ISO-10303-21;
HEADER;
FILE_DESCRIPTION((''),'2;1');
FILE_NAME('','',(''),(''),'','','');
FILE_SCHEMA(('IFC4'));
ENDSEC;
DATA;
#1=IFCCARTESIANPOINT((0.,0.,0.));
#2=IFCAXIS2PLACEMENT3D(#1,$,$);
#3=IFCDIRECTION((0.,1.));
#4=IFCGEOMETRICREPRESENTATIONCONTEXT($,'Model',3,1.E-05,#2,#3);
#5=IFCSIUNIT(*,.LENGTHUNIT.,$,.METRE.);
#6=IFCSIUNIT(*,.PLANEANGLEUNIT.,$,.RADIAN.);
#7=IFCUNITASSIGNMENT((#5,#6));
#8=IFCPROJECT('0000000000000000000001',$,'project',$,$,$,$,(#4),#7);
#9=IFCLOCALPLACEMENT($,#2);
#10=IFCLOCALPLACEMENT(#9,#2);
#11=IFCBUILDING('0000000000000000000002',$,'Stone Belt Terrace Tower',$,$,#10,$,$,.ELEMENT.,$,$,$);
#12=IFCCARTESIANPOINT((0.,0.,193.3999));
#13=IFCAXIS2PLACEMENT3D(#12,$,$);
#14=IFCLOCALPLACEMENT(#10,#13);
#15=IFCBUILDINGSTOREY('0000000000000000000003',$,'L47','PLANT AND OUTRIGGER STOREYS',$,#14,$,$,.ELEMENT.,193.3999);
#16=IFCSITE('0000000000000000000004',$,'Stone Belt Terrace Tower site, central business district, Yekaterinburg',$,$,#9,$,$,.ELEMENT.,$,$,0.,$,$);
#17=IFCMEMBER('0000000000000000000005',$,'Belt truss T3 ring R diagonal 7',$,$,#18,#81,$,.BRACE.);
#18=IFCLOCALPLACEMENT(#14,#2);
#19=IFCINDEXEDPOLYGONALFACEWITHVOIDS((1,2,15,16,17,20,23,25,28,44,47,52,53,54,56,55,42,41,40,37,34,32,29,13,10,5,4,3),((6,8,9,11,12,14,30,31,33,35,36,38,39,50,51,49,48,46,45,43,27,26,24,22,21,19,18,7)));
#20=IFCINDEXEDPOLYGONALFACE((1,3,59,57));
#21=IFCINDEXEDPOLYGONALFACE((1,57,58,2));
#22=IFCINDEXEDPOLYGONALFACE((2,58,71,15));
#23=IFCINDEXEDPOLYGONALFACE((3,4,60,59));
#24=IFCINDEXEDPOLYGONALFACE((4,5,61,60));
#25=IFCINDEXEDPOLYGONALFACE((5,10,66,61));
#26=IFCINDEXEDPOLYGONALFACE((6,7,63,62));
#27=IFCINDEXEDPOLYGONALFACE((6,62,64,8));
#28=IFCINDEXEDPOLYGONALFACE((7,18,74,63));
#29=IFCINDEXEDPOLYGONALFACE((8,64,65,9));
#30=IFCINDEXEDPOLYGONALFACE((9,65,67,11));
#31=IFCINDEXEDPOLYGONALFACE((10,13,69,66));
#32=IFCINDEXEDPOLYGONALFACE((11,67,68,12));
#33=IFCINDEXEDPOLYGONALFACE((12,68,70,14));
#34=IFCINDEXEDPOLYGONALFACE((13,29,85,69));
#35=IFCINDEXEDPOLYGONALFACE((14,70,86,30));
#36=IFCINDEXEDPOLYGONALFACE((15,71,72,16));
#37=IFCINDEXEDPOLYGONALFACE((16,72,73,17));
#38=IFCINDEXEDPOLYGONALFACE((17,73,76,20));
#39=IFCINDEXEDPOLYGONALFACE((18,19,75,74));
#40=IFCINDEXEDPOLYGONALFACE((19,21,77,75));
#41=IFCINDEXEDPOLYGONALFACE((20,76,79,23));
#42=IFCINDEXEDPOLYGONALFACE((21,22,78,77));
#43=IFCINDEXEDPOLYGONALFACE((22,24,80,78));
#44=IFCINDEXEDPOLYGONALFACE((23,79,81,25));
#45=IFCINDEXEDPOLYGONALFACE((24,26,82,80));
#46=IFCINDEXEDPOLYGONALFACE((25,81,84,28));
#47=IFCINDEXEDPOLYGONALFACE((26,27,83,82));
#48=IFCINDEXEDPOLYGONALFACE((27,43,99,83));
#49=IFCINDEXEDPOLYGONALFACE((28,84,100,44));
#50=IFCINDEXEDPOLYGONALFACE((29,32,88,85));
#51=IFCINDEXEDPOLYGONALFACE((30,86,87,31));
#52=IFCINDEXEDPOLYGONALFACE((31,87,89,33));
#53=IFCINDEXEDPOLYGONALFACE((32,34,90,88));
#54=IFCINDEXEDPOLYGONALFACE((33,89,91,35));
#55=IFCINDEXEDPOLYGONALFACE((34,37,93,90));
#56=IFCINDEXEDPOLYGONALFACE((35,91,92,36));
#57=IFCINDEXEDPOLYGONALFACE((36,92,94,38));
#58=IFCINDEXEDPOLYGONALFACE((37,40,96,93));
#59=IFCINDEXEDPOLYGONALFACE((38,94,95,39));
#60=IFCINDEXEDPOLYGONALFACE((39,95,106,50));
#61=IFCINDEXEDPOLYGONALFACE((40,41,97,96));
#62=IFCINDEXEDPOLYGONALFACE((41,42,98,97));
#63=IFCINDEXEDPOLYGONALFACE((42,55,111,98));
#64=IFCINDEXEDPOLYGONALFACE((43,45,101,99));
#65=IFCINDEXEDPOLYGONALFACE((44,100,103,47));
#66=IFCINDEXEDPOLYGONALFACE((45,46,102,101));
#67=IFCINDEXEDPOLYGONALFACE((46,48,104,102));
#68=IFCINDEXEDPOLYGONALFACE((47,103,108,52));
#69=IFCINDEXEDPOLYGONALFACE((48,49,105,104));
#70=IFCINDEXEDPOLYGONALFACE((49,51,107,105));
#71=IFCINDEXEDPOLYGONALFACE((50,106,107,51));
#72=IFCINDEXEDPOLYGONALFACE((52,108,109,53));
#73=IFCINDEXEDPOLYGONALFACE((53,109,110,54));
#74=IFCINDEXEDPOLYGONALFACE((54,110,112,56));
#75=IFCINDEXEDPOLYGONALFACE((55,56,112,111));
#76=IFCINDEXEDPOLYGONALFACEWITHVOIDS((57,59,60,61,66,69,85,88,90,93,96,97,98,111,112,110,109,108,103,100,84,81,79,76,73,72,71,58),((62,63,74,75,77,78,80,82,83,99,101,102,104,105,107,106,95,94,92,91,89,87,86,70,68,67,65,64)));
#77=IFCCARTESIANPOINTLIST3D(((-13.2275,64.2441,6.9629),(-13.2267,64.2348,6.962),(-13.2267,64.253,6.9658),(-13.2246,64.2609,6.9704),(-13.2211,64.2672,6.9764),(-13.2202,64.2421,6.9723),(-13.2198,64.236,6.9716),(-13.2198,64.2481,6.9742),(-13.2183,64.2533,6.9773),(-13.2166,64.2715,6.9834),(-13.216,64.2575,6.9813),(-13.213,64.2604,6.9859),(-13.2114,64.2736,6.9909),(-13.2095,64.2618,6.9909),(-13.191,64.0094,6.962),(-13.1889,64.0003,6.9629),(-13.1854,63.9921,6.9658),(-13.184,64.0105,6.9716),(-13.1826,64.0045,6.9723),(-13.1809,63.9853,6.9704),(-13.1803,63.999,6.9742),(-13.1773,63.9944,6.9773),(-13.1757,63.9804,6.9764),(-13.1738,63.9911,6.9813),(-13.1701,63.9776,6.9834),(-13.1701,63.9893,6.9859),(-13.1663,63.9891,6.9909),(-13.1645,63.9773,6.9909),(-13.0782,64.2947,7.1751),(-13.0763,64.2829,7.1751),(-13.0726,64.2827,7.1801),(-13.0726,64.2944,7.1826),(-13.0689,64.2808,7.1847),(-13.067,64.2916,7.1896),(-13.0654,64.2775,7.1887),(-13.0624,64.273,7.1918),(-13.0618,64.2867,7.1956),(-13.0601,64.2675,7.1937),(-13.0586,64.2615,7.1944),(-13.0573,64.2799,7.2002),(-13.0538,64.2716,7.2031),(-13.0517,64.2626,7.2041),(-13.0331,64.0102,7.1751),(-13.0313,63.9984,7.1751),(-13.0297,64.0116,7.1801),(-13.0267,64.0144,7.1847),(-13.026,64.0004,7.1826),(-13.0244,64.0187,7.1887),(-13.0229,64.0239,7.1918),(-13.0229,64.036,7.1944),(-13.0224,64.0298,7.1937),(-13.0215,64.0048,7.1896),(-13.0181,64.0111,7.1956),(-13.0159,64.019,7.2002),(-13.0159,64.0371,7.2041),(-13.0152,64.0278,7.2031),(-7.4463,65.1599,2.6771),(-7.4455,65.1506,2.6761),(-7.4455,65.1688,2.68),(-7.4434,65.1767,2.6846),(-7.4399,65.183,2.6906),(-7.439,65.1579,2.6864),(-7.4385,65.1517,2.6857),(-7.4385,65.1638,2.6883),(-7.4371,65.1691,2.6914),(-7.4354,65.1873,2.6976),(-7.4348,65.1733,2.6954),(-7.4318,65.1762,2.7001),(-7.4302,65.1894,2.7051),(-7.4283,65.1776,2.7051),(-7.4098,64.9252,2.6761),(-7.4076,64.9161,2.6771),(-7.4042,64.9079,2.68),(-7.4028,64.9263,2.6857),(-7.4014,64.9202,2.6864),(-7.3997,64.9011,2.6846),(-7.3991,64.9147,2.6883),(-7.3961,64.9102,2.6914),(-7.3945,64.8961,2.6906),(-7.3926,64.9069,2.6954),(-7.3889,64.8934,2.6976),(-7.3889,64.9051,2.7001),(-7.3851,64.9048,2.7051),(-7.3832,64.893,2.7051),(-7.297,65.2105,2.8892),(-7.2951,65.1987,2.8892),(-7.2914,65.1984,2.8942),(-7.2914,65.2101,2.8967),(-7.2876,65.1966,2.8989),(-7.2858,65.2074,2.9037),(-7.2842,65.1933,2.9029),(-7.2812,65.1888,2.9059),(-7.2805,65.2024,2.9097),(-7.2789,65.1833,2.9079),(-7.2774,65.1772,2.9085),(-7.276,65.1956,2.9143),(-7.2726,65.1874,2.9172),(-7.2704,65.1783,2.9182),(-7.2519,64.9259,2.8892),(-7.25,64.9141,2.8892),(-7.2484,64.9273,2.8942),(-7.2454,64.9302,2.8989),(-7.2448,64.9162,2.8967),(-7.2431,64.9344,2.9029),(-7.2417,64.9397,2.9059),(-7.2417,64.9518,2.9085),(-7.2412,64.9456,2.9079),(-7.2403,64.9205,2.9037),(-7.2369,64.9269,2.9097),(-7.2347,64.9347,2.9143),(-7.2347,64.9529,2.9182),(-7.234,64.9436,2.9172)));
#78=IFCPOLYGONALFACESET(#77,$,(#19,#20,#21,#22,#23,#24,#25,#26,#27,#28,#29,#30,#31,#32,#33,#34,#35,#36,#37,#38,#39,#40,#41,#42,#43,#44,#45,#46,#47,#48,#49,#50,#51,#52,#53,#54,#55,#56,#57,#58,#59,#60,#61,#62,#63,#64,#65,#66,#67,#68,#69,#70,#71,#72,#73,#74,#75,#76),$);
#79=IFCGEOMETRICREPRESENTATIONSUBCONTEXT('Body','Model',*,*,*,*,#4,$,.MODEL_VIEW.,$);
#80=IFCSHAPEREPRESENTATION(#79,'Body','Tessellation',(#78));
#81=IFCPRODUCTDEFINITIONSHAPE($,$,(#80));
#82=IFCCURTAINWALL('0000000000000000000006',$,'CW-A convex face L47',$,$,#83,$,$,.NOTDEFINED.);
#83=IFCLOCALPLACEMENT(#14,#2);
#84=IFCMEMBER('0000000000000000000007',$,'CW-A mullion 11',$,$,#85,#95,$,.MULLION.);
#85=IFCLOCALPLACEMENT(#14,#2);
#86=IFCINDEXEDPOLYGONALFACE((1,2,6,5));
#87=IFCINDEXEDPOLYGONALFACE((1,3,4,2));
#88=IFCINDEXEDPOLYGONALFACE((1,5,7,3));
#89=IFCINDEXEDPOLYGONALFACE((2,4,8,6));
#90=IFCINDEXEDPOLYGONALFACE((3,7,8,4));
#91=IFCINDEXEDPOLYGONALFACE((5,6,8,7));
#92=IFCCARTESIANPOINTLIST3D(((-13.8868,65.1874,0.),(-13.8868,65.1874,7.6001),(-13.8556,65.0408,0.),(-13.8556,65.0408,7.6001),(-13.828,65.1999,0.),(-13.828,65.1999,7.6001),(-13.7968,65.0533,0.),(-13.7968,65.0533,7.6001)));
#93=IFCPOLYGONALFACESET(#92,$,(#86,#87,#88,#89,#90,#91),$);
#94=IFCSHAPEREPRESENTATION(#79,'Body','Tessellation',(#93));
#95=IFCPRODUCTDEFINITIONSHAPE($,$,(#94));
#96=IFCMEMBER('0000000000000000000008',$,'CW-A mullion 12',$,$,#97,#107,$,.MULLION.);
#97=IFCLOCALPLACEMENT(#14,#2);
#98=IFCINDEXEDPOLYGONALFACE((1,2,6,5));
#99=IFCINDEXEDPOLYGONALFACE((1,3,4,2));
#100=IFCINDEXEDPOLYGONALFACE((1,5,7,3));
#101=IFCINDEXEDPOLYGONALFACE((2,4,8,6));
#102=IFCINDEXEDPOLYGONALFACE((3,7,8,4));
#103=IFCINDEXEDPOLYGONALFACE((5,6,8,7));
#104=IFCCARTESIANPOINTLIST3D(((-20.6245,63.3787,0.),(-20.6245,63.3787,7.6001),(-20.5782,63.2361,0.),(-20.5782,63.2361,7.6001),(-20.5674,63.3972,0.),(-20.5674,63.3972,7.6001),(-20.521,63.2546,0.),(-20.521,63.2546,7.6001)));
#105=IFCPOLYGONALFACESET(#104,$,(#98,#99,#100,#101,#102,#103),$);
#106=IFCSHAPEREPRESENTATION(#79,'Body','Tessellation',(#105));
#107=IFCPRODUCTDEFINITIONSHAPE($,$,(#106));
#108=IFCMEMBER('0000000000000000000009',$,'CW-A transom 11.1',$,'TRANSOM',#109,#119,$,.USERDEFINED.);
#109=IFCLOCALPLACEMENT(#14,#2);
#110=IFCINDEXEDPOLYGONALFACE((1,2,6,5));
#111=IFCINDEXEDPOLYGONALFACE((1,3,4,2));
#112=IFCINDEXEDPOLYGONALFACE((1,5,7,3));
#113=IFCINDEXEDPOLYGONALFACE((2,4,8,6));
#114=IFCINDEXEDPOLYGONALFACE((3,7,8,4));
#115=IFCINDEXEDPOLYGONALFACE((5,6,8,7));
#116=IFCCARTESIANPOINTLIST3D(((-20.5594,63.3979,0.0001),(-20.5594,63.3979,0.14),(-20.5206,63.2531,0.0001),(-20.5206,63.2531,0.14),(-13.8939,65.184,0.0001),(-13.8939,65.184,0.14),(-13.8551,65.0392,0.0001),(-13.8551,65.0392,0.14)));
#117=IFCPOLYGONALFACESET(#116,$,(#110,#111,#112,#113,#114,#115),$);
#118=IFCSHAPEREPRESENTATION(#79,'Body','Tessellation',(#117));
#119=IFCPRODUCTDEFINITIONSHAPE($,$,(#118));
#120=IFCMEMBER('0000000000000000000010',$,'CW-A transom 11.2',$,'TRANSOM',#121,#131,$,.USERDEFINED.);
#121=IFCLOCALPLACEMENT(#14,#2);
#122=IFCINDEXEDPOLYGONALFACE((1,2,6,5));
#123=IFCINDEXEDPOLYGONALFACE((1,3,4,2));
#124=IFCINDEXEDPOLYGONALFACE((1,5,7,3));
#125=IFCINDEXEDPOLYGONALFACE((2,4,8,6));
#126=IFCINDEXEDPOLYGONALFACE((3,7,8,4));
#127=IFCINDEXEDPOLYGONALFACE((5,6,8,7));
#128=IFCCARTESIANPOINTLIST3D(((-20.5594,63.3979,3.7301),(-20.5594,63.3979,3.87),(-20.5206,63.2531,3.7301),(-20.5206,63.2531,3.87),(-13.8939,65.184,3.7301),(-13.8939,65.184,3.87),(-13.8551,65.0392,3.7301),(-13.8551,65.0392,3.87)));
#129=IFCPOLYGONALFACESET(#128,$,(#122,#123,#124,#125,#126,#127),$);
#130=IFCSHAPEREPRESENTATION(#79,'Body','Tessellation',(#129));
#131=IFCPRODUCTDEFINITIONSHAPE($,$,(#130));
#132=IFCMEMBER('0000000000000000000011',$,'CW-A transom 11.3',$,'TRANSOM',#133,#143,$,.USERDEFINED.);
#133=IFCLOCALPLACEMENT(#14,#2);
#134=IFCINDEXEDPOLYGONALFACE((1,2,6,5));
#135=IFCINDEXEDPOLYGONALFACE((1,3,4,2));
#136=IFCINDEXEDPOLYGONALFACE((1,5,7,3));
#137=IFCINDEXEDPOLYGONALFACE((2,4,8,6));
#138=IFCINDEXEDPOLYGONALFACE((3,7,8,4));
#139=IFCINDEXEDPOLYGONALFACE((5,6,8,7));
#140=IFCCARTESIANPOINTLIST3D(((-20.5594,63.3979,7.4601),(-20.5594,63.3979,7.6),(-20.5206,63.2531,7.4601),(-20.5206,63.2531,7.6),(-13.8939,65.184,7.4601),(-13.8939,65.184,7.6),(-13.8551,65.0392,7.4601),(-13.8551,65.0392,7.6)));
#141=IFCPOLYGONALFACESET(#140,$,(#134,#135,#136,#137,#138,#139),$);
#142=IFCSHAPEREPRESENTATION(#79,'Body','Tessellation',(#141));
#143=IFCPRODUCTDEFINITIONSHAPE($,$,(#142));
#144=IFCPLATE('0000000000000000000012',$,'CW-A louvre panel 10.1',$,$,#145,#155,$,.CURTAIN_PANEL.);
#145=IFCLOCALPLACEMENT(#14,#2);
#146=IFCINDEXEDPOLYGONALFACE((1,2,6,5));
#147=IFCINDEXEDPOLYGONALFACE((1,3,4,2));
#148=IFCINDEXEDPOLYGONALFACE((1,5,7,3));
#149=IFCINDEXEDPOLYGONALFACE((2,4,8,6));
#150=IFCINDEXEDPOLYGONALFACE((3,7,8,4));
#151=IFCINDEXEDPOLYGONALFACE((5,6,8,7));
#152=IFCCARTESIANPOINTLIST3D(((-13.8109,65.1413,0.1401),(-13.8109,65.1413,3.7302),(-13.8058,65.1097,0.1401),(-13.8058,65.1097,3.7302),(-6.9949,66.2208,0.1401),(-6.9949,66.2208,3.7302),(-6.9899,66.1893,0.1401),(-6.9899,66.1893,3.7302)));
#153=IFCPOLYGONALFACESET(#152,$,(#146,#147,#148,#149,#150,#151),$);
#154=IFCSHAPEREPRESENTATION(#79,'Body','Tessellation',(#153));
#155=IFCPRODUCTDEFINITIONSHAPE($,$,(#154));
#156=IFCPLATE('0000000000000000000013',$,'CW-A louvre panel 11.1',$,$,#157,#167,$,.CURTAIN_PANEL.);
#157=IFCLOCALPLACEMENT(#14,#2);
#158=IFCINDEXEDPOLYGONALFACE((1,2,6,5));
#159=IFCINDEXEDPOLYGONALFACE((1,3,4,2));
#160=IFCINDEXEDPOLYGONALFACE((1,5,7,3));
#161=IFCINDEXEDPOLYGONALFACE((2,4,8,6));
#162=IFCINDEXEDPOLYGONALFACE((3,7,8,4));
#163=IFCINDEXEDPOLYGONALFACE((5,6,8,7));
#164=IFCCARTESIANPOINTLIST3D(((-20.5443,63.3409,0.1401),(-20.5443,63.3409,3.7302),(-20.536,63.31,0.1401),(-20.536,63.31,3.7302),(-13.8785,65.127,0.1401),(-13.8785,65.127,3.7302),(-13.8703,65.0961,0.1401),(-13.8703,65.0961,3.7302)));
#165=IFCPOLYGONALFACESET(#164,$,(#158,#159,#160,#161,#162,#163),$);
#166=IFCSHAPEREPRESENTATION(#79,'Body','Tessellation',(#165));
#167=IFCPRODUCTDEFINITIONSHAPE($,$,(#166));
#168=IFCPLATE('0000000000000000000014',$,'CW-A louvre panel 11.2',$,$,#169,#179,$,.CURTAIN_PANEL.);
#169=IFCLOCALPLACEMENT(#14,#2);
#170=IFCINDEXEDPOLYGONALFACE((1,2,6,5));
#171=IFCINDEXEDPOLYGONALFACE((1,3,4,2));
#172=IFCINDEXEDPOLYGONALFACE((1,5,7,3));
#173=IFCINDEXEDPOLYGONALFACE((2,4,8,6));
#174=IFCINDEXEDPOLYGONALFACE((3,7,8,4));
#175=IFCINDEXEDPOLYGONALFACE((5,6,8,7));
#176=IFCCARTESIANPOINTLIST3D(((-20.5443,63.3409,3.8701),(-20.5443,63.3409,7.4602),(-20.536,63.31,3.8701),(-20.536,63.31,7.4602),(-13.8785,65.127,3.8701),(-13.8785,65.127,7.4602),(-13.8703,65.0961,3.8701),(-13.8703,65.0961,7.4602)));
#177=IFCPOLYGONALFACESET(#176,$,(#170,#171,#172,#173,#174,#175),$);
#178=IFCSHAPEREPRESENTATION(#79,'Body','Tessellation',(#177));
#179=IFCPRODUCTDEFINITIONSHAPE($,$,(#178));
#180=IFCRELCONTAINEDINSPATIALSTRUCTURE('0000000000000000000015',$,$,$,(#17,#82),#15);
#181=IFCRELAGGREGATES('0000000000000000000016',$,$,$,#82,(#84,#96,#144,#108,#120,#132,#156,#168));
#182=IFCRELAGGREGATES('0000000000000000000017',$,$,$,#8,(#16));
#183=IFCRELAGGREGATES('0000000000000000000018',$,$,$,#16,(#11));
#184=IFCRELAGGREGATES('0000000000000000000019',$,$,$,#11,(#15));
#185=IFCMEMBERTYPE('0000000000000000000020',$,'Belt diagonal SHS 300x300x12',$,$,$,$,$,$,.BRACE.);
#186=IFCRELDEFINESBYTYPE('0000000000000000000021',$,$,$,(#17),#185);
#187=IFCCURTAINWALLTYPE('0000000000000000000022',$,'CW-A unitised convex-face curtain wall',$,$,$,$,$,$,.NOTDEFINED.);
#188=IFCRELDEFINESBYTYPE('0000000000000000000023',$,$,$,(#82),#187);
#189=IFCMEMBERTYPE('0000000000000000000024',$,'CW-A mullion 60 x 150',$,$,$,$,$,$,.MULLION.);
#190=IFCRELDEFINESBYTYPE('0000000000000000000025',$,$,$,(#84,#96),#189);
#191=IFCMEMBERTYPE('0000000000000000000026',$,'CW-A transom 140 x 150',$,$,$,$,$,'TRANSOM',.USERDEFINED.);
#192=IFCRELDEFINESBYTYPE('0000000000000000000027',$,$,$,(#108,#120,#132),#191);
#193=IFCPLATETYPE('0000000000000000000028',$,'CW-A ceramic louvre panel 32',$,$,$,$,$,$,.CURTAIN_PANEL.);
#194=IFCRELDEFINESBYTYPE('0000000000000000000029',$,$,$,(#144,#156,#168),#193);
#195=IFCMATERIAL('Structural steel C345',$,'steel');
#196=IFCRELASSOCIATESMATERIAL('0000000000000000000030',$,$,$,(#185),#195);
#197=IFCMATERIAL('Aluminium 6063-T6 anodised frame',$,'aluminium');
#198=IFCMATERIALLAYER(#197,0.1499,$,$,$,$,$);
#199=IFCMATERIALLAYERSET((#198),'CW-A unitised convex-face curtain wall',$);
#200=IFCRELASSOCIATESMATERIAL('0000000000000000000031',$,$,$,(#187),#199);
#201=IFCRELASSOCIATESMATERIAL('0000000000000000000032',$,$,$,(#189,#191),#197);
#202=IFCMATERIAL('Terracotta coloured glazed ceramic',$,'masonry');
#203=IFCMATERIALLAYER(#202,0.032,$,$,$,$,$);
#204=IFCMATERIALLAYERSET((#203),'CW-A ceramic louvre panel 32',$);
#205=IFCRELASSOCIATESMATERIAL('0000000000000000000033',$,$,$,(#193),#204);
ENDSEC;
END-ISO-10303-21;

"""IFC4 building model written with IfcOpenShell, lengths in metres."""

from ifc_helpers import new_model, si_unit, direction, frame, origin, origin_2d, place, context, subcontext, project, spatial, rectangle, hollow_rectangle, extrude, material, layer, layer_set, material_profile, profile_set, type_object, element, aggregate, save


model = new_model("IFC4")

# Units and contexts
model_context = context("Model", 3, precision=1e-05, world=origin(), true_north=direction((0.0, 1.0)))
body_context = subcontext(model_context, "Body", "Model", "MODEL_VIEW")
ifc_project = project(units=[si_unit("LENGTHUNIT", "METRE"), si_unit("PLANEANGLEUNIT", "RADIAN")], contexts=[model_context])

# Site, building, storey
site_placement = place(None, origin())
site = spatial("IfcSite", under=ifc_project, at=site_placement, Name="Stone Belt Terrace Tower site, central business district, Yekaterinburg", CompositionType="ELEMENT", RefElevation=0.0)
building_placement = place(site_placement, origin())
building = spatial("IfcBuilding", under=site, at=building_placement, Name="Stone Belt Terrace Tower", CompositionType="ELEMENT")
storey_placement = place(building_placement, frame((0.0, 0.0, 193.3999)))
storey = spatial("IfcBuildingStorey", under=building, at=storey_placement, Name="L47", Description="PLANT AND OUTRIGGER STOREYS", CompositionType="ELEMENT", Elevation=193.3999)

# Member
ifc_material_1 = material(Name="Structural steel C345", Category="steel")
ifc_material_profile_1 = material_profile(ifc_material_1, hollow_rectangle(XDim=0.3, YDim=0.3, WallThickness=0.012, InnerFilletRadius=0.0239, OuterFilletRadius=0.0359, at=origin_2d()), Name="SHS 300x300x12")
ifc_profile_set_1 = profile_set([ifc_material_profile_1], Name="Structural steel C345")
member_type_1 = type_object("IfcMemberType", Name="Belt diagonal SHS 300x300x12", PredefinedType="BRACE", material=ifc_profile_set_1)
for number, where, z_axis, x_axis, name in (
    (1, (-13.1213, 64.136, 7.083), (0.7969, 0.126232, -0.590776), (-0.156453, 0.987685, 0.0), "Belt truss T3 ring R diagonal 7"),
):
    element("IfcMember", number, at=place(storey_placement, frame(where, z_axis=z_axis, x_axis=x_axis)), inside=storey, type_object=member_type_1, Name=name, PredefinedType="BRACE", context=body_context, shape_type="SweptSolid", body=[
        extrude(hollow_rectangle(XDim=0.3, YDim=0.3, WallThickness=0.012, InnerFilletRadius=0.0239, OuterFilletRadius=0.0359, at=origin_2d()), origin(), (0.0, 0.0, 1.0), 7.2546),
    ])

# Curtain wall, members, plates
ifc_material_2 = material(Name="Aluminium 6063-T6 anodised frame", Category="aluminium")
ifc_layer_1 = layer(ifc_material_2, 0.1499)
ifc_layer_set_1 = layer_set([ifc_layer_1], Name="CW-A unitised convex-face curtain wall")
curtain_wall_type = type_object("IfcCurtainWallType", Name="CW-A unitised convex-face curtain wall", PredefinedType="NOTDEFINED", material=ifc_layer_set_1)
curtain_wall_placement = place(storey_placement, origin())
curtain_wall = element("IfcCurtainWall", 2, at=curtain_wall_placement, inside=storey, type_object=curtain_wall_type, Name="CW-A convex face L47", PredefinedType="NOTDEFINED")
ifc_material_profile_2 = material_profile(ifc_material_2, rectangle(XDim=0.1499, YDim=0.0601, at=origin_2d()), Name="Aluminium 6063-T6 60x150")
ifc_profile_set_2 = profile_set([ifc_material_profile_2], Name="Aluminium 6063-T6 anodised frame")
member_type_2 = type_object("IfcMemberType", Name="CW-A mullion 60 x 150", PredefinedType="MULLION", material=ifc_profile_set_2)
member_1_placement = place(storey_placement, frame((-13.8418, 65.1204, 0.0), z_axis=(0.0, 0.0, 1.0), x_axis=(0.207912, -0.978148, 0.0)))
member_1 = element("IfcMember", 3, at=member_1_placement, type_object=member_type_2, Name="CW-A mullion 11", PredefinedType="MULLION", context=body_context, shape_type="SweptSolid", body=[
    extrude(rectangle(XDim=0.1499, YDim=0.0601, at=origin_2d()), origin(), (0.0, 0.0, 1.0), 7.6001),
])
member_2_placement = place(storey_placement, frame((-20.5728, 63.3167, 0.0), z_axis=(0.0, 0.0, 1.0), x_axis=(0.309017, -0.951057, 0.0)))
member_2 = element("IfcMember", 4, at=member_2_placement, type_object=member_type_2, Name="CW-A mullion 12", PredefinedType="MULLION", context=body_context, shape_type="SweptSolid", body=[
    extrude(rectangle(XDim=0.1499, YDim=0.0601, at=origin_2d()), origin(), (0.0, 0.0, 1.0), 7.6001),
])
ifc_material_profile_3 = material_profile(ifc_material_2, rectangle(XDim=0.1499, YDim=0.1399, at=origin_2d()), Name="Aluminium 6063-T6 150x140")
ifc_profile_set_3 = profile_set([ifc_material_profile_3], Name="Aluminium 6063-T6 anodised frame")
member_type_3 = type_object("IfcMemberType", Name="CW-A transom 140 x 150", ElementType="TRANSOM", PredefinedType="USERDEFINED", material=ifc_profile_set_3)
member_3_placement = place(storey_placement, frame((-13.8745, 65.1116, 0.0701), z_axis=(-0.965922, -0.258834, 0.0), x_axis=(0.258834, -0.965922, 0.0)))
member_3 = element("IfcMember", 5, at=member_3_placement, type_object=member_type_3, Name="CW-A transom 11.1", ObjectType="TRANSOM", PredefinedType="USERDEFINED", context=body_context, shape_type="SweptSolid", body=[
    extrude(rectangle(XDim=0.1499, YDim=0.1399, at=origin_2d()), origin(), (0.0, 0.0, 1.0), 6.9006),
])
member_4_placement = place(storey_placement, frame((-13.8745, 65.1116, 3.8), z_axis=(-0.965922, -0.258834, 0.0), x_axis=(0.258834, -0.965922, 0.0)))
member_4 = element("IfcMember", 6, at=member_4_placement, type_object=member_type_3, Name="CW-A transom 11.2", ObjectType="TRANSOM", PredefinedType="USERDEFINED", context=body_context, shape_type="SweptSolid", body=[
    extrude(rectangle(XDim=0.1499, YDim=0.1399, at=origin_2d()), origin(), (0.0, 0.0, 1.0), 6.9006),
])
member_5_placement = place(storey_placement, frame((-13.8745, 65.1116, 7.53), z_axis=(-0.965922, -0.258834, 0.0), x_axis=(0.258834, -0.965922, 0.0)))
member_5 = element("IfcMember", 7, at=member_5_placement, type_object=member_type_3, Name="CW-A transom 11.3", ObjectType="TRANSOM", PredefinedType="USERDEFINED", context=body_context, shape_type="SweptSolid", body=[
    extrude(rectangle(XDim=0.1499, YDim=0.1399, at=origin_2d()), origin(), (0.0, 0.0, 1.0), 6.9006),
])
ifc_material_3 = material(Name="Terracotta coloured glazed ceramic", Category="masonry")
ifc_layer_2 = layer(ifc_material_3, 0.032)
ifc_layer_set_2 = layer_set([ifc_layer_2], Name="CW-A ceramic louvre panel 32")
plate_type = type_object("IfcPlateType", Name="CW-A ceramic louvre panel 32", PredefinedType="CURTAIN_PANEL", material=ifc_layer_set_2)
plate_1_placement = place(storey_placement, frame((-10.4004, 65.6653, 0.1401), z_axis=(0.0, 0.0, 1.0), x_axis=(-0.987688, -0.156434, 0.0)))
plate_1 = element("IfcPlate", 8, at=plate_1_placement, type_object=plate_type, Name="CW-A louvre panel 10.1", PredefinedType="CURTAIN_PANEL", context=body_context, shape_type="SweptSolid", body=[
    extrude(rectangle(XDim=6.9009, YDim=0.032, at=origin_2d()), origin(), (0.0, 0.0, 1.0), 3.5901),
])
plate_2_placement = place(storey_placement, frame((-17.2073, 64.2185, 0.1401), z_axis=(0.0, 0.0, 1.0), x_axis=(-0.965926, -0.258819, 0.0)))
plate_2 = element("IfcPlate", 9, at=plate_2_placement, type_object=plate_type, Name="CW-A louvre panel 11.1", PredefinedType="CURTAIN_PANEL", context=body_context, shape_type="SweptSolid", body=[
    extrude(rectangle(XDim=6.9009, YDim=0.032, at=origin_2d()), origin(), (0.0, 0.0, 1.0), 3.5901),
])
plate_3_placement = place(storey_placement, frame((-17.2073, 64.2185, 3.8701), z_axis=(0.0, 0.0, 1.0), x_axis=(-0.965926, -0.258819, 0.0)))
plate_3 = element("IfcPlate", 10, at=plate_3_placement, type_object=plate_type, Name="CW-A louvre panel 11.2", PredefinedType="CURTAIN_PANEL", context=body_context, shape_type="SweptSolid", body=[
    extrude(rectangle(XDim=6.9009, YDim=0.032, at=origin_2d()), origin(), (0.0, 0.0, 1.0), 3.5901),
])
aggregate(curtain_wall, [member_1, member_2, plate_1, member_3, member_4, member_5, plate_2, plate_3])

save(model, "model.ifc")
